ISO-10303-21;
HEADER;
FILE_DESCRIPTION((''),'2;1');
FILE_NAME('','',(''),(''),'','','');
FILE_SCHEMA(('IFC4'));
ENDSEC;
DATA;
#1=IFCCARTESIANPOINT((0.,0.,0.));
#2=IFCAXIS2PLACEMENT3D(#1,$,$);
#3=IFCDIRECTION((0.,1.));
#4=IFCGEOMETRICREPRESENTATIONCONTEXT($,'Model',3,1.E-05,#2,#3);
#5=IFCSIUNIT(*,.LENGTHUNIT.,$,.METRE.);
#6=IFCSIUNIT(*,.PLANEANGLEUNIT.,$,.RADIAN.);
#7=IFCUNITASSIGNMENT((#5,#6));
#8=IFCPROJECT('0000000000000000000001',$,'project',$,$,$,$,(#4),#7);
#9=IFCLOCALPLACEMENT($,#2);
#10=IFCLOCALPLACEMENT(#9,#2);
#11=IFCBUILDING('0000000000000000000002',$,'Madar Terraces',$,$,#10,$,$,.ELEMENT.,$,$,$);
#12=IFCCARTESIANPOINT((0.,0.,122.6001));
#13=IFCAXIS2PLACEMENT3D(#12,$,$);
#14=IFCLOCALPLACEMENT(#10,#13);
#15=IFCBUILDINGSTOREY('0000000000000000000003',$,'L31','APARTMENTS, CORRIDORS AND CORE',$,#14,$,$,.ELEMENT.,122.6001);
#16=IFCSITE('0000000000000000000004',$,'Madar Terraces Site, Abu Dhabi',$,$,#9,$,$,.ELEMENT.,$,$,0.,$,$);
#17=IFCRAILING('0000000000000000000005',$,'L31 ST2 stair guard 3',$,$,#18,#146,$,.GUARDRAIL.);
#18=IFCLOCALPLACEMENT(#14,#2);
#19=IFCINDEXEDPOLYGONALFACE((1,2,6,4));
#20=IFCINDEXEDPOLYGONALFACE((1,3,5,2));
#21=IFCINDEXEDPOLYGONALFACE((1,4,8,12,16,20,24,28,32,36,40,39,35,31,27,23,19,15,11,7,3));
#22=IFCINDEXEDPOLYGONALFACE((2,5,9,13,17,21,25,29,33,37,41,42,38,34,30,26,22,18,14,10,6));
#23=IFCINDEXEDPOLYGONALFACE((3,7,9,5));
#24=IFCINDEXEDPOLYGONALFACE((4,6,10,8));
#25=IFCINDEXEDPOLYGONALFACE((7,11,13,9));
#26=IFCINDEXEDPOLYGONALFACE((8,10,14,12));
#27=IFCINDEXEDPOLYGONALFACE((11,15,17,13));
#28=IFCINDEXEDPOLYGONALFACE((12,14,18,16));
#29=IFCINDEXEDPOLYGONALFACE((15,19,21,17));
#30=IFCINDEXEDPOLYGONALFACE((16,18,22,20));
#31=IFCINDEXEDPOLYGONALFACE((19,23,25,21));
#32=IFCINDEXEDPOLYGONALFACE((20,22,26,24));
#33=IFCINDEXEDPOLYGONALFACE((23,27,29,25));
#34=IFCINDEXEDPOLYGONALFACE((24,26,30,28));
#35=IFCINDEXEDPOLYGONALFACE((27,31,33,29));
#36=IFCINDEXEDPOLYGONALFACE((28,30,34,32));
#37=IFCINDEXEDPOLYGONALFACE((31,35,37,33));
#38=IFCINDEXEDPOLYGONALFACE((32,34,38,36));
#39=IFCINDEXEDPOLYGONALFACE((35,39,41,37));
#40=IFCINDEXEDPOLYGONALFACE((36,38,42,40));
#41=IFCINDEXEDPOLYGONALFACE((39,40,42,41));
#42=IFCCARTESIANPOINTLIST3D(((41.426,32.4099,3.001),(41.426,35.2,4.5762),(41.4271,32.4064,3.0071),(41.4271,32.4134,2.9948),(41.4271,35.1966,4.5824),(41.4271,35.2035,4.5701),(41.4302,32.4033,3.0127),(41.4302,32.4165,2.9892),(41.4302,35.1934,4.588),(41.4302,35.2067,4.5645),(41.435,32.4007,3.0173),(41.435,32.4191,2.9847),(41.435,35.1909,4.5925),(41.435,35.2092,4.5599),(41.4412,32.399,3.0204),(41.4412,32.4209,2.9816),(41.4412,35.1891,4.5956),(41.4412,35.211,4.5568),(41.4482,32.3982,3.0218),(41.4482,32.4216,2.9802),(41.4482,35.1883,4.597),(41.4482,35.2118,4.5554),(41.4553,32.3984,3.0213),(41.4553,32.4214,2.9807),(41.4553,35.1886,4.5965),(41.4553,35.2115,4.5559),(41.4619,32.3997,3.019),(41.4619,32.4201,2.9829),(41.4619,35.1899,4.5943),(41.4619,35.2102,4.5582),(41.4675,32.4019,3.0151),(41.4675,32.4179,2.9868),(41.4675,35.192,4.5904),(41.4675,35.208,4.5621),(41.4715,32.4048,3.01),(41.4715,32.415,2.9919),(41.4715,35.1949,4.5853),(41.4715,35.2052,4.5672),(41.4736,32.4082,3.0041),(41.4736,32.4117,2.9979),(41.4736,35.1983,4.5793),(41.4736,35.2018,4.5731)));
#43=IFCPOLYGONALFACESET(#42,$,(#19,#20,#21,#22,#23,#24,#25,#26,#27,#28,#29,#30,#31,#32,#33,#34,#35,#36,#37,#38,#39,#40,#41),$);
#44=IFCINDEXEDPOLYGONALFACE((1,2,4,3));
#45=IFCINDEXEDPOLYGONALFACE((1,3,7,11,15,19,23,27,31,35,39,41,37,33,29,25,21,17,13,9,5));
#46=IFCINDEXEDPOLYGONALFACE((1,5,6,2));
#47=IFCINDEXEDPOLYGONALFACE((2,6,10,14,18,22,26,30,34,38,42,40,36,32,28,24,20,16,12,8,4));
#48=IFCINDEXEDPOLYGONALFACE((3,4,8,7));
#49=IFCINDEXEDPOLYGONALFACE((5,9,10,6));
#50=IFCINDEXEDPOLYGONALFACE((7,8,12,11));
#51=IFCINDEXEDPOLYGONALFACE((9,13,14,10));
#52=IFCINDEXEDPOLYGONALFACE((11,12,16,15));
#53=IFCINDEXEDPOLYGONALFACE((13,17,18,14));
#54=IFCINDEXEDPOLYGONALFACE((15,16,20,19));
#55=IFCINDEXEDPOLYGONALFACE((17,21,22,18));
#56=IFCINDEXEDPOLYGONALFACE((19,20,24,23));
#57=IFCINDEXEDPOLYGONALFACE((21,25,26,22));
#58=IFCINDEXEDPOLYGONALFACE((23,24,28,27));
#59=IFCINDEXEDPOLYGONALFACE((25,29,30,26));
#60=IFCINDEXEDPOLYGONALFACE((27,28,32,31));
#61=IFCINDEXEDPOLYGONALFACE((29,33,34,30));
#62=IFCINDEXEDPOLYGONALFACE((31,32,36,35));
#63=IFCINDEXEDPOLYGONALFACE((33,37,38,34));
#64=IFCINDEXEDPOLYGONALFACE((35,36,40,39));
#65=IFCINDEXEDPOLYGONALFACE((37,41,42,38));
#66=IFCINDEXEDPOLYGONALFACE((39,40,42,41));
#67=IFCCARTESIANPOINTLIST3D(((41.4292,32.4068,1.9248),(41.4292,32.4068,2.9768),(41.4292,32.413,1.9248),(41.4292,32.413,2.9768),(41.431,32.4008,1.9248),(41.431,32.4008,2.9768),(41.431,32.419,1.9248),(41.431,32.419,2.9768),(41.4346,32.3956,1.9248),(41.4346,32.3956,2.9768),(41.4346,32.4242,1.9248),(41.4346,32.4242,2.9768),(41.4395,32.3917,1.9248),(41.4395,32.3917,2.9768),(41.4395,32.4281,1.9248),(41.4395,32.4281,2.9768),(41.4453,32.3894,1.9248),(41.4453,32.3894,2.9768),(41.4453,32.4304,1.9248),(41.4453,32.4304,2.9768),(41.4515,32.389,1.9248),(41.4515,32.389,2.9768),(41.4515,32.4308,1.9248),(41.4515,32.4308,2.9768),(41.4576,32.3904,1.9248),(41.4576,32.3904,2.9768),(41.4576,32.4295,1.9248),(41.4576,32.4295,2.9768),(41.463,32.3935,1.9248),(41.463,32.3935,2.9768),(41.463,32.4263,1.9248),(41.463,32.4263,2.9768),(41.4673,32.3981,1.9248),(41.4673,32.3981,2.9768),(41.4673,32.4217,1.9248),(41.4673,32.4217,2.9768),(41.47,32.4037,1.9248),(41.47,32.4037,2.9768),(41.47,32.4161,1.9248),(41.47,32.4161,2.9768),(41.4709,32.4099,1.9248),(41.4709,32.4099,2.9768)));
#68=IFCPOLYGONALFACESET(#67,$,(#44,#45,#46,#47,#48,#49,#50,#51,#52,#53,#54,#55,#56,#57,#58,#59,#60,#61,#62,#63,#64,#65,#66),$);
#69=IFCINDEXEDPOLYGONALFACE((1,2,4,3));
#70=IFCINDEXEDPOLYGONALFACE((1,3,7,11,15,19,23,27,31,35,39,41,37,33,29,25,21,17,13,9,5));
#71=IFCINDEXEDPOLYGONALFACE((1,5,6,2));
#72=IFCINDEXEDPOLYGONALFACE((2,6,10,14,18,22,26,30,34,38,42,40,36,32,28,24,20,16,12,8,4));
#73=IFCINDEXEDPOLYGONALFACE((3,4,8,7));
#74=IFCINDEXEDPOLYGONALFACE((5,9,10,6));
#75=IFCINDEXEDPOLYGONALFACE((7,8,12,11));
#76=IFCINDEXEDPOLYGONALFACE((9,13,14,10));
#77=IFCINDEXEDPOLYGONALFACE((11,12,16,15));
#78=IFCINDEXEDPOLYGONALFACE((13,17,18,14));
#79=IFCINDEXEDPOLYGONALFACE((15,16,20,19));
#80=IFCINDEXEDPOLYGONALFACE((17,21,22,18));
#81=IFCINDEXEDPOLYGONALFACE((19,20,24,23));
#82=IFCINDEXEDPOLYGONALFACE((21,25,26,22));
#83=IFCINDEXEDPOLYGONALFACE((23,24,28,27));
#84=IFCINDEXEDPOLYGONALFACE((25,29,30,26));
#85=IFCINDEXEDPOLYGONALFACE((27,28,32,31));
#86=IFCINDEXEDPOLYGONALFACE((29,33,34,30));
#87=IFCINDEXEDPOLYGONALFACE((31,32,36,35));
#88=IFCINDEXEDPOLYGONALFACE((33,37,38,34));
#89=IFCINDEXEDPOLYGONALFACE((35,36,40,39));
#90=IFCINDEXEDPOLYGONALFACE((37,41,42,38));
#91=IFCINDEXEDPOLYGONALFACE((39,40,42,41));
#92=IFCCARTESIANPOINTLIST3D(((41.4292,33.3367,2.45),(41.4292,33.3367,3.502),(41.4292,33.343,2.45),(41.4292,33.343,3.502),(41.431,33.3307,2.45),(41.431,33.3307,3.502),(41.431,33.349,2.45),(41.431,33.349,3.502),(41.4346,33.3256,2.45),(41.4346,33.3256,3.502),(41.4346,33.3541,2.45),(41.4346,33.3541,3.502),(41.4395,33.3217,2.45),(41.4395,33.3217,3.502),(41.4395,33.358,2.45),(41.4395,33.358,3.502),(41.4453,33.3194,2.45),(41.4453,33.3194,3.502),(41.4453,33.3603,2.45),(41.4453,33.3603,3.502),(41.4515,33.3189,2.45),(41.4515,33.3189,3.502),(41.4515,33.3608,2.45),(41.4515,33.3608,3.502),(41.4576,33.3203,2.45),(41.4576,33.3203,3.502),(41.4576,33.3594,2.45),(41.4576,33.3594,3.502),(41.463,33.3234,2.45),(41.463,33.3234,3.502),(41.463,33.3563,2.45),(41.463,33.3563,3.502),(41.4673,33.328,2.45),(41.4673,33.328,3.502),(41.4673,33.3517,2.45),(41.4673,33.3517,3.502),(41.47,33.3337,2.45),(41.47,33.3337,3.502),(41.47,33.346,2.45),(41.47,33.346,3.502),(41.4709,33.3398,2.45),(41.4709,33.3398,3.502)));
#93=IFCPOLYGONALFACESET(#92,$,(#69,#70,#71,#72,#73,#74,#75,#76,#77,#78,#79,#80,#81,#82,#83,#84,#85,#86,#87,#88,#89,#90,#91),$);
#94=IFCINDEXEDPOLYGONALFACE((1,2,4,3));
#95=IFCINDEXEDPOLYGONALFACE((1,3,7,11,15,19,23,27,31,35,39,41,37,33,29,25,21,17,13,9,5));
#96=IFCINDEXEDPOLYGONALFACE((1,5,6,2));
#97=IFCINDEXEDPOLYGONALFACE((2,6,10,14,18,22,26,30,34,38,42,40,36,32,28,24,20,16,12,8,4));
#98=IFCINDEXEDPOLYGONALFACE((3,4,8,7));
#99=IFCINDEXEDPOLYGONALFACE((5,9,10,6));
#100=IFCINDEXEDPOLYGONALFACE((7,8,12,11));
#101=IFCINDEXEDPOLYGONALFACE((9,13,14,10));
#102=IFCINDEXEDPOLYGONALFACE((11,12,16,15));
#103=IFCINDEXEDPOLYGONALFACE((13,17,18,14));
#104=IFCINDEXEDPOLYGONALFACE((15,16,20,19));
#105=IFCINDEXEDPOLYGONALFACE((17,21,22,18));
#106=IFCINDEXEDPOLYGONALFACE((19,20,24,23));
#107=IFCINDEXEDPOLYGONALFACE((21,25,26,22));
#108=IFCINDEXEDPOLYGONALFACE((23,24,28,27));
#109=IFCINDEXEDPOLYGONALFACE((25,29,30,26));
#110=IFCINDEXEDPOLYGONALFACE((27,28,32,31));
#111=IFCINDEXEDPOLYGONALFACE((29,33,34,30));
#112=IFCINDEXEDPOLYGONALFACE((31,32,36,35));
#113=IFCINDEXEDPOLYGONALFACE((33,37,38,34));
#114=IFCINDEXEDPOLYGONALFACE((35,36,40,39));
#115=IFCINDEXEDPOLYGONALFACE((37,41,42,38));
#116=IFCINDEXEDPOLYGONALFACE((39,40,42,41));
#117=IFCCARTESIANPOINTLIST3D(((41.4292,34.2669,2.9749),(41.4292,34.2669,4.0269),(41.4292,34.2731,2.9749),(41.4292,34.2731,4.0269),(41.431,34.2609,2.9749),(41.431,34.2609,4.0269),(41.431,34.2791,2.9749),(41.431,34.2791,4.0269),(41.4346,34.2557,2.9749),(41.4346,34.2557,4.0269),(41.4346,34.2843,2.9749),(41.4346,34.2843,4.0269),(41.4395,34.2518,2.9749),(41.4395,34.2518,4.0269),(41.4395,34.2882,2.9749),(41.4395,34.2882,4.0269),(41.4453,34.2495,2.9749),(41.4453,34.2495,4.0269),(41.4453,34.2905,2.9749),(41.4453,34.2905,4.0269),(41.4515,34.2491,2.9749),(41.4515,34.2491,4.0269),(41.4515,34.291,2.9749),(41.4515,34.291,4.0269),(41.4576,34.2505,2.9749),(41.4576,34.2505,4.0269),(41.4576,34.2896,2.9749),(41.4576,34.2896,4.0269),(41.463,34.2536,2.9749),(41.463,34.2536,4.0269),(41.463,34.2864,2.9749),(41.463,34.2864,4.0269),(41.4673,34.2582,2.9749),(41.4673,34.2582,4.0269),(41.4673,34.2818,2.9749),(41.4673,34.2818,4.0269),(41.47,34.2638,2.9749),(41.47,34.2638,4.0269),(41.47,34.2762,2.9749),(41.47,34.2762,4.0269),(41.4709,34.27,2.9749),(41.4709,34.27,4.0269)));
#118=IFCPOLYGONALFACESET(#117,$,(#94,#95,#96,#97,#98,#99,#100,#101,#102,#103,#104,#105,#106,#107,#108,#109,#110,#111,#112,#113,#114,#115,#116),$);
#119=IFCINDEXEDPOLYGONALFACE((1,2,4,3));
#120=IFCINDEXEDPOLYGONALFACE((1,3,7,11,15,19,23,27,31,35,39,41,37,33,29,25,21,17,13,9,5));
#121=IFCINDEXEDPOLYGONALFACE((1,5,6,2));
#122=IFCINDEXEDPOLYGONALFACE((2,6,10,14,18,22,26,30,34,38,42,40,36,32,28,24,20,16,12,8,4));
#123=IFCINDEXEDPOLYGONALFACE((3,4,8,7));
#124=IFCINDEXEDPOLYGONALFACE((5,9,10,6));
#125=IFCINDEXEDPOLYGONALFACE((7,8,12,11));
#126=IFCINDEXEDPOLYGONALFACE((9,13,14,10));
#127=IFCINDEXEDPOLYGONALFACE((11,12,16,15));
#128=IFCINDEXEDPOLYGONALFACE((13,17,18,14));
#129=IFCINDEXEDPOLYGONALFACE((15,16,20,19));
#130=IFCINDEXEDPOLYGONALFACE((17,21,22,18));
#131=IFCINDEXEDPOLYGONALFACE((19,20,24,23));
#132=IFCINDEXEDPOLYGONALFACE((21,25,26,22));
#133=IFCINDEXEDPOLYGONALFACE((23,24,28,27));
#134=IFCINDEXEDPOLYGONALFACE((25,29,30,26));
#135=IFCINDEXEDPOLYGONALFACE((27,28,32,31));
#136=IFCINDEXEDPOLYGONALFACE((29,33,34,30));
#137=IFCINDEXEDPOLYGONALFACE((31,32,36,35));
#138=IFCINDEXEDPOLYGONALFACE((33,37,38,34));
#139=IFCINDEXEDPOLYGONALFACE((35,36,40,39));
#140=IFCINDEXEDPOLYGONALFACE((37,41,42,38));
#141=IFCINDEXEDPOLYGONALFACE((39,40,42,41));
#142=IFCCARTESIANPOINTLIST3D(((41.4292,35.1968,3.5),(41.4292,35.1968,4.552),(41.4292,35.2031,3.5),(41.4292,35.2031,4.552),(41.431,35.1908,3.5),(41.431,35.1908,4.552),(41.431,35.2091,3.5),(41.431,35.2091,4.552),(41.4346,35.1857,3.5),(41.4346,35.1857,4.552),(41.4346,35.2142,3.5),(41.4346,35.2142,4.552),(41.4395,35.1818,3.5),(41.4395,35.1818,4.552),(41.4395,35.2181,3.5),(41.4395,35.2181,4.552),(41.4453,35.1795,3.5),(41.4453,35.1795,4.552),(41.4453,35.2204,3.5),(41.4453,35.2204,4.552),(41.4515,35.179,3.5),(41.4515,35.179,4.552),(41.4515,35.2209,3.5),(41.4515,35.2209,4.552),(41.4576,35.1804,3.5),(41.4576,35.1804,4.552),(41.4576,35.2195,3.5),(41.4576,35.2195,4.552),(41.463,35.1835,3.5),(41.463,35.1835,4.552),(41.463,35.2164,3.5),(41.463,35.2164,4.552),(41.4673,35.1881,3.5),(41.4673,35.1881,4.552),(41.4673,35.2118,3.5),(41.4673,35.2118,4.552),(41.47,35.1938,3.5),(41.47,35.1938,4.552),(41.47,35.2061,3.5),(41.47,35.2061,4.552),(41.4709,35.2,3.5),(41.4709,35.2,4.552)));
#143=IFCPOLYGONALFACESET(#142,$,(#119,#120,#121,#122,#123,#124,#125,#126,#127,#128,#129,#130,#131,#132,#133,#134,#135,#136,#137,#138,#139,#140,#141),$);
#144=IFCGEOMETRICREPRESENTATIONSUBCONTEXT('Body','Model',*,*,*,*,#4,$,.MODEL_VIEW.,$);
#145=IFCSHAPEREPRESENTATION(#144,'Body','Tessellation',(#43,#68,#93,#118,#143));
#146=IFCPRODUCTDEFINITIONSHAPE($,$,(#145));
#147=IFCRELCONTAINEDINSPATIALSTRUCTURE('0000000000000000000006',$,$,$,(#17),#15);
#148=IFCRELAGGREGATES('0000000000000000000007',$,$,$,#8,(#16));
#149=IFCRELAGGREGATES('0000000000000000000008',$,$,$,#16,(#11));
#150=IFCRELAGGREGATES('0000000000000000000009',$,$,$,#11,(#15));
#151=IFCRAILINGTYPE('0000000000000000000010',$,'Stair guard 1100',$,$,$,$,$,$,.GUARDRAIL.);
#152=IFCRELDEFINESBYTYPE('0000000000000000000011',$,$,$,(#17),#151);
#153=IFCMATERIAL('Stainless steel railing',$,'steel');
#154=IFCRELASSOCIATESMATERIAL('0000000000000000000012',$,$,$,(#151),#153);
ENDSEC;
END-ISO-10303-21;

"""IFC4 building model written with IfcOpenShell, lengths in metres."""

from ifc_helpers import new_model, si_unit, direction, frame, origin, origin_2d, place, context, subcontext, project, spatial, circle, extrude, material, type_object, element, save


model = new_model("IFC4")

# Units and contexts
model_context = context("Model", 3, precision=1e-05, world=origin(), true_north=direction((0.0, 1.0)))
body_context = subcontext(model_context, "Body", "Model", "MODEL_VIEW")
ifc_project = project(units=[si_unit("LENGTHUNIT", "METRE"), si_unit("PLANEANGLEUNIT", "RADIAN")], contexts=[model_context])

# Site, building, storey
site_placement = place(None, origin())
site = spatial("IfcSite", under=ifc_project, at=site_placement, Name="Madar Terraces Site, Abu Dhabi", CompositionType="ELEMENT", RefElevation=0.0)
building_placement = place(site_placement, origin())
building = spatial("IfcBuilding", under=site, at=building_placement, Name="Madar Terraces", CompositionType="ELEMENT")
storey_placement = place(building_placement, frame((0.0, 0.0, 122.6001)))
storey = spatial("IfcBuildingStorey", under=building, at=storey_placement, Name="L31", Description="APARTMENTS, CORRIDORS AND CORE", CompositionType="ELEMENT", Elevation=122.6001)

# Railing
ifc_material_1 = material(Name="Stainless steel railing", Category="steel")
railing_type_1 = type_object("IfcRailingType", Name="Stair guard 1100", PredefinedType="GUARDRAIL", material=ifc_material_1)
railing_1_placement = place(storey_placement, frame((41.45, 32.4099, 1.9248)))
element("IfcRailing", 1, at=railing_1_placement, inside=storey, type_object=railing_type_1, Name="L31 ST2 stair guard 3", PredefinedType="GUARDRAIL", context=body_context, shape_type="SweptSolid", body=[
    extrude(circle(Radius=0.0239, at=origin_2d()), frame((0.0, 0.0, 1.0762), z_axis=(0.0, 0.870801, 0.491635), x_axis=(-1.0, 0.0, 0.0)), (0.0, 0.0, 1.0), 3.2041),
    extrude(circle(Radius=0.021, at=origin_2d()), origin(), (0.0, 0.0, 1.0), 1.052),
    extrude(circle(Radius=0.021, at=origin_2d()), frame((0.0, 0.9299, 0.5251)), (0.0, 0.0, 1.0), 1.052),
    extrude(circle(Radius=0.021, at=origin_2d()), frame((0.0, 1.8601, 1.05)), (0.0, 0.0, 1.0), 1.052),
    extrude(circle(Radius=0.021, at=origin_2d()), frame((0.0, 2.79, 1.5752)), (0.0, 0.0, 1.0), 1.052),
])

save(model, "model.ifc")
